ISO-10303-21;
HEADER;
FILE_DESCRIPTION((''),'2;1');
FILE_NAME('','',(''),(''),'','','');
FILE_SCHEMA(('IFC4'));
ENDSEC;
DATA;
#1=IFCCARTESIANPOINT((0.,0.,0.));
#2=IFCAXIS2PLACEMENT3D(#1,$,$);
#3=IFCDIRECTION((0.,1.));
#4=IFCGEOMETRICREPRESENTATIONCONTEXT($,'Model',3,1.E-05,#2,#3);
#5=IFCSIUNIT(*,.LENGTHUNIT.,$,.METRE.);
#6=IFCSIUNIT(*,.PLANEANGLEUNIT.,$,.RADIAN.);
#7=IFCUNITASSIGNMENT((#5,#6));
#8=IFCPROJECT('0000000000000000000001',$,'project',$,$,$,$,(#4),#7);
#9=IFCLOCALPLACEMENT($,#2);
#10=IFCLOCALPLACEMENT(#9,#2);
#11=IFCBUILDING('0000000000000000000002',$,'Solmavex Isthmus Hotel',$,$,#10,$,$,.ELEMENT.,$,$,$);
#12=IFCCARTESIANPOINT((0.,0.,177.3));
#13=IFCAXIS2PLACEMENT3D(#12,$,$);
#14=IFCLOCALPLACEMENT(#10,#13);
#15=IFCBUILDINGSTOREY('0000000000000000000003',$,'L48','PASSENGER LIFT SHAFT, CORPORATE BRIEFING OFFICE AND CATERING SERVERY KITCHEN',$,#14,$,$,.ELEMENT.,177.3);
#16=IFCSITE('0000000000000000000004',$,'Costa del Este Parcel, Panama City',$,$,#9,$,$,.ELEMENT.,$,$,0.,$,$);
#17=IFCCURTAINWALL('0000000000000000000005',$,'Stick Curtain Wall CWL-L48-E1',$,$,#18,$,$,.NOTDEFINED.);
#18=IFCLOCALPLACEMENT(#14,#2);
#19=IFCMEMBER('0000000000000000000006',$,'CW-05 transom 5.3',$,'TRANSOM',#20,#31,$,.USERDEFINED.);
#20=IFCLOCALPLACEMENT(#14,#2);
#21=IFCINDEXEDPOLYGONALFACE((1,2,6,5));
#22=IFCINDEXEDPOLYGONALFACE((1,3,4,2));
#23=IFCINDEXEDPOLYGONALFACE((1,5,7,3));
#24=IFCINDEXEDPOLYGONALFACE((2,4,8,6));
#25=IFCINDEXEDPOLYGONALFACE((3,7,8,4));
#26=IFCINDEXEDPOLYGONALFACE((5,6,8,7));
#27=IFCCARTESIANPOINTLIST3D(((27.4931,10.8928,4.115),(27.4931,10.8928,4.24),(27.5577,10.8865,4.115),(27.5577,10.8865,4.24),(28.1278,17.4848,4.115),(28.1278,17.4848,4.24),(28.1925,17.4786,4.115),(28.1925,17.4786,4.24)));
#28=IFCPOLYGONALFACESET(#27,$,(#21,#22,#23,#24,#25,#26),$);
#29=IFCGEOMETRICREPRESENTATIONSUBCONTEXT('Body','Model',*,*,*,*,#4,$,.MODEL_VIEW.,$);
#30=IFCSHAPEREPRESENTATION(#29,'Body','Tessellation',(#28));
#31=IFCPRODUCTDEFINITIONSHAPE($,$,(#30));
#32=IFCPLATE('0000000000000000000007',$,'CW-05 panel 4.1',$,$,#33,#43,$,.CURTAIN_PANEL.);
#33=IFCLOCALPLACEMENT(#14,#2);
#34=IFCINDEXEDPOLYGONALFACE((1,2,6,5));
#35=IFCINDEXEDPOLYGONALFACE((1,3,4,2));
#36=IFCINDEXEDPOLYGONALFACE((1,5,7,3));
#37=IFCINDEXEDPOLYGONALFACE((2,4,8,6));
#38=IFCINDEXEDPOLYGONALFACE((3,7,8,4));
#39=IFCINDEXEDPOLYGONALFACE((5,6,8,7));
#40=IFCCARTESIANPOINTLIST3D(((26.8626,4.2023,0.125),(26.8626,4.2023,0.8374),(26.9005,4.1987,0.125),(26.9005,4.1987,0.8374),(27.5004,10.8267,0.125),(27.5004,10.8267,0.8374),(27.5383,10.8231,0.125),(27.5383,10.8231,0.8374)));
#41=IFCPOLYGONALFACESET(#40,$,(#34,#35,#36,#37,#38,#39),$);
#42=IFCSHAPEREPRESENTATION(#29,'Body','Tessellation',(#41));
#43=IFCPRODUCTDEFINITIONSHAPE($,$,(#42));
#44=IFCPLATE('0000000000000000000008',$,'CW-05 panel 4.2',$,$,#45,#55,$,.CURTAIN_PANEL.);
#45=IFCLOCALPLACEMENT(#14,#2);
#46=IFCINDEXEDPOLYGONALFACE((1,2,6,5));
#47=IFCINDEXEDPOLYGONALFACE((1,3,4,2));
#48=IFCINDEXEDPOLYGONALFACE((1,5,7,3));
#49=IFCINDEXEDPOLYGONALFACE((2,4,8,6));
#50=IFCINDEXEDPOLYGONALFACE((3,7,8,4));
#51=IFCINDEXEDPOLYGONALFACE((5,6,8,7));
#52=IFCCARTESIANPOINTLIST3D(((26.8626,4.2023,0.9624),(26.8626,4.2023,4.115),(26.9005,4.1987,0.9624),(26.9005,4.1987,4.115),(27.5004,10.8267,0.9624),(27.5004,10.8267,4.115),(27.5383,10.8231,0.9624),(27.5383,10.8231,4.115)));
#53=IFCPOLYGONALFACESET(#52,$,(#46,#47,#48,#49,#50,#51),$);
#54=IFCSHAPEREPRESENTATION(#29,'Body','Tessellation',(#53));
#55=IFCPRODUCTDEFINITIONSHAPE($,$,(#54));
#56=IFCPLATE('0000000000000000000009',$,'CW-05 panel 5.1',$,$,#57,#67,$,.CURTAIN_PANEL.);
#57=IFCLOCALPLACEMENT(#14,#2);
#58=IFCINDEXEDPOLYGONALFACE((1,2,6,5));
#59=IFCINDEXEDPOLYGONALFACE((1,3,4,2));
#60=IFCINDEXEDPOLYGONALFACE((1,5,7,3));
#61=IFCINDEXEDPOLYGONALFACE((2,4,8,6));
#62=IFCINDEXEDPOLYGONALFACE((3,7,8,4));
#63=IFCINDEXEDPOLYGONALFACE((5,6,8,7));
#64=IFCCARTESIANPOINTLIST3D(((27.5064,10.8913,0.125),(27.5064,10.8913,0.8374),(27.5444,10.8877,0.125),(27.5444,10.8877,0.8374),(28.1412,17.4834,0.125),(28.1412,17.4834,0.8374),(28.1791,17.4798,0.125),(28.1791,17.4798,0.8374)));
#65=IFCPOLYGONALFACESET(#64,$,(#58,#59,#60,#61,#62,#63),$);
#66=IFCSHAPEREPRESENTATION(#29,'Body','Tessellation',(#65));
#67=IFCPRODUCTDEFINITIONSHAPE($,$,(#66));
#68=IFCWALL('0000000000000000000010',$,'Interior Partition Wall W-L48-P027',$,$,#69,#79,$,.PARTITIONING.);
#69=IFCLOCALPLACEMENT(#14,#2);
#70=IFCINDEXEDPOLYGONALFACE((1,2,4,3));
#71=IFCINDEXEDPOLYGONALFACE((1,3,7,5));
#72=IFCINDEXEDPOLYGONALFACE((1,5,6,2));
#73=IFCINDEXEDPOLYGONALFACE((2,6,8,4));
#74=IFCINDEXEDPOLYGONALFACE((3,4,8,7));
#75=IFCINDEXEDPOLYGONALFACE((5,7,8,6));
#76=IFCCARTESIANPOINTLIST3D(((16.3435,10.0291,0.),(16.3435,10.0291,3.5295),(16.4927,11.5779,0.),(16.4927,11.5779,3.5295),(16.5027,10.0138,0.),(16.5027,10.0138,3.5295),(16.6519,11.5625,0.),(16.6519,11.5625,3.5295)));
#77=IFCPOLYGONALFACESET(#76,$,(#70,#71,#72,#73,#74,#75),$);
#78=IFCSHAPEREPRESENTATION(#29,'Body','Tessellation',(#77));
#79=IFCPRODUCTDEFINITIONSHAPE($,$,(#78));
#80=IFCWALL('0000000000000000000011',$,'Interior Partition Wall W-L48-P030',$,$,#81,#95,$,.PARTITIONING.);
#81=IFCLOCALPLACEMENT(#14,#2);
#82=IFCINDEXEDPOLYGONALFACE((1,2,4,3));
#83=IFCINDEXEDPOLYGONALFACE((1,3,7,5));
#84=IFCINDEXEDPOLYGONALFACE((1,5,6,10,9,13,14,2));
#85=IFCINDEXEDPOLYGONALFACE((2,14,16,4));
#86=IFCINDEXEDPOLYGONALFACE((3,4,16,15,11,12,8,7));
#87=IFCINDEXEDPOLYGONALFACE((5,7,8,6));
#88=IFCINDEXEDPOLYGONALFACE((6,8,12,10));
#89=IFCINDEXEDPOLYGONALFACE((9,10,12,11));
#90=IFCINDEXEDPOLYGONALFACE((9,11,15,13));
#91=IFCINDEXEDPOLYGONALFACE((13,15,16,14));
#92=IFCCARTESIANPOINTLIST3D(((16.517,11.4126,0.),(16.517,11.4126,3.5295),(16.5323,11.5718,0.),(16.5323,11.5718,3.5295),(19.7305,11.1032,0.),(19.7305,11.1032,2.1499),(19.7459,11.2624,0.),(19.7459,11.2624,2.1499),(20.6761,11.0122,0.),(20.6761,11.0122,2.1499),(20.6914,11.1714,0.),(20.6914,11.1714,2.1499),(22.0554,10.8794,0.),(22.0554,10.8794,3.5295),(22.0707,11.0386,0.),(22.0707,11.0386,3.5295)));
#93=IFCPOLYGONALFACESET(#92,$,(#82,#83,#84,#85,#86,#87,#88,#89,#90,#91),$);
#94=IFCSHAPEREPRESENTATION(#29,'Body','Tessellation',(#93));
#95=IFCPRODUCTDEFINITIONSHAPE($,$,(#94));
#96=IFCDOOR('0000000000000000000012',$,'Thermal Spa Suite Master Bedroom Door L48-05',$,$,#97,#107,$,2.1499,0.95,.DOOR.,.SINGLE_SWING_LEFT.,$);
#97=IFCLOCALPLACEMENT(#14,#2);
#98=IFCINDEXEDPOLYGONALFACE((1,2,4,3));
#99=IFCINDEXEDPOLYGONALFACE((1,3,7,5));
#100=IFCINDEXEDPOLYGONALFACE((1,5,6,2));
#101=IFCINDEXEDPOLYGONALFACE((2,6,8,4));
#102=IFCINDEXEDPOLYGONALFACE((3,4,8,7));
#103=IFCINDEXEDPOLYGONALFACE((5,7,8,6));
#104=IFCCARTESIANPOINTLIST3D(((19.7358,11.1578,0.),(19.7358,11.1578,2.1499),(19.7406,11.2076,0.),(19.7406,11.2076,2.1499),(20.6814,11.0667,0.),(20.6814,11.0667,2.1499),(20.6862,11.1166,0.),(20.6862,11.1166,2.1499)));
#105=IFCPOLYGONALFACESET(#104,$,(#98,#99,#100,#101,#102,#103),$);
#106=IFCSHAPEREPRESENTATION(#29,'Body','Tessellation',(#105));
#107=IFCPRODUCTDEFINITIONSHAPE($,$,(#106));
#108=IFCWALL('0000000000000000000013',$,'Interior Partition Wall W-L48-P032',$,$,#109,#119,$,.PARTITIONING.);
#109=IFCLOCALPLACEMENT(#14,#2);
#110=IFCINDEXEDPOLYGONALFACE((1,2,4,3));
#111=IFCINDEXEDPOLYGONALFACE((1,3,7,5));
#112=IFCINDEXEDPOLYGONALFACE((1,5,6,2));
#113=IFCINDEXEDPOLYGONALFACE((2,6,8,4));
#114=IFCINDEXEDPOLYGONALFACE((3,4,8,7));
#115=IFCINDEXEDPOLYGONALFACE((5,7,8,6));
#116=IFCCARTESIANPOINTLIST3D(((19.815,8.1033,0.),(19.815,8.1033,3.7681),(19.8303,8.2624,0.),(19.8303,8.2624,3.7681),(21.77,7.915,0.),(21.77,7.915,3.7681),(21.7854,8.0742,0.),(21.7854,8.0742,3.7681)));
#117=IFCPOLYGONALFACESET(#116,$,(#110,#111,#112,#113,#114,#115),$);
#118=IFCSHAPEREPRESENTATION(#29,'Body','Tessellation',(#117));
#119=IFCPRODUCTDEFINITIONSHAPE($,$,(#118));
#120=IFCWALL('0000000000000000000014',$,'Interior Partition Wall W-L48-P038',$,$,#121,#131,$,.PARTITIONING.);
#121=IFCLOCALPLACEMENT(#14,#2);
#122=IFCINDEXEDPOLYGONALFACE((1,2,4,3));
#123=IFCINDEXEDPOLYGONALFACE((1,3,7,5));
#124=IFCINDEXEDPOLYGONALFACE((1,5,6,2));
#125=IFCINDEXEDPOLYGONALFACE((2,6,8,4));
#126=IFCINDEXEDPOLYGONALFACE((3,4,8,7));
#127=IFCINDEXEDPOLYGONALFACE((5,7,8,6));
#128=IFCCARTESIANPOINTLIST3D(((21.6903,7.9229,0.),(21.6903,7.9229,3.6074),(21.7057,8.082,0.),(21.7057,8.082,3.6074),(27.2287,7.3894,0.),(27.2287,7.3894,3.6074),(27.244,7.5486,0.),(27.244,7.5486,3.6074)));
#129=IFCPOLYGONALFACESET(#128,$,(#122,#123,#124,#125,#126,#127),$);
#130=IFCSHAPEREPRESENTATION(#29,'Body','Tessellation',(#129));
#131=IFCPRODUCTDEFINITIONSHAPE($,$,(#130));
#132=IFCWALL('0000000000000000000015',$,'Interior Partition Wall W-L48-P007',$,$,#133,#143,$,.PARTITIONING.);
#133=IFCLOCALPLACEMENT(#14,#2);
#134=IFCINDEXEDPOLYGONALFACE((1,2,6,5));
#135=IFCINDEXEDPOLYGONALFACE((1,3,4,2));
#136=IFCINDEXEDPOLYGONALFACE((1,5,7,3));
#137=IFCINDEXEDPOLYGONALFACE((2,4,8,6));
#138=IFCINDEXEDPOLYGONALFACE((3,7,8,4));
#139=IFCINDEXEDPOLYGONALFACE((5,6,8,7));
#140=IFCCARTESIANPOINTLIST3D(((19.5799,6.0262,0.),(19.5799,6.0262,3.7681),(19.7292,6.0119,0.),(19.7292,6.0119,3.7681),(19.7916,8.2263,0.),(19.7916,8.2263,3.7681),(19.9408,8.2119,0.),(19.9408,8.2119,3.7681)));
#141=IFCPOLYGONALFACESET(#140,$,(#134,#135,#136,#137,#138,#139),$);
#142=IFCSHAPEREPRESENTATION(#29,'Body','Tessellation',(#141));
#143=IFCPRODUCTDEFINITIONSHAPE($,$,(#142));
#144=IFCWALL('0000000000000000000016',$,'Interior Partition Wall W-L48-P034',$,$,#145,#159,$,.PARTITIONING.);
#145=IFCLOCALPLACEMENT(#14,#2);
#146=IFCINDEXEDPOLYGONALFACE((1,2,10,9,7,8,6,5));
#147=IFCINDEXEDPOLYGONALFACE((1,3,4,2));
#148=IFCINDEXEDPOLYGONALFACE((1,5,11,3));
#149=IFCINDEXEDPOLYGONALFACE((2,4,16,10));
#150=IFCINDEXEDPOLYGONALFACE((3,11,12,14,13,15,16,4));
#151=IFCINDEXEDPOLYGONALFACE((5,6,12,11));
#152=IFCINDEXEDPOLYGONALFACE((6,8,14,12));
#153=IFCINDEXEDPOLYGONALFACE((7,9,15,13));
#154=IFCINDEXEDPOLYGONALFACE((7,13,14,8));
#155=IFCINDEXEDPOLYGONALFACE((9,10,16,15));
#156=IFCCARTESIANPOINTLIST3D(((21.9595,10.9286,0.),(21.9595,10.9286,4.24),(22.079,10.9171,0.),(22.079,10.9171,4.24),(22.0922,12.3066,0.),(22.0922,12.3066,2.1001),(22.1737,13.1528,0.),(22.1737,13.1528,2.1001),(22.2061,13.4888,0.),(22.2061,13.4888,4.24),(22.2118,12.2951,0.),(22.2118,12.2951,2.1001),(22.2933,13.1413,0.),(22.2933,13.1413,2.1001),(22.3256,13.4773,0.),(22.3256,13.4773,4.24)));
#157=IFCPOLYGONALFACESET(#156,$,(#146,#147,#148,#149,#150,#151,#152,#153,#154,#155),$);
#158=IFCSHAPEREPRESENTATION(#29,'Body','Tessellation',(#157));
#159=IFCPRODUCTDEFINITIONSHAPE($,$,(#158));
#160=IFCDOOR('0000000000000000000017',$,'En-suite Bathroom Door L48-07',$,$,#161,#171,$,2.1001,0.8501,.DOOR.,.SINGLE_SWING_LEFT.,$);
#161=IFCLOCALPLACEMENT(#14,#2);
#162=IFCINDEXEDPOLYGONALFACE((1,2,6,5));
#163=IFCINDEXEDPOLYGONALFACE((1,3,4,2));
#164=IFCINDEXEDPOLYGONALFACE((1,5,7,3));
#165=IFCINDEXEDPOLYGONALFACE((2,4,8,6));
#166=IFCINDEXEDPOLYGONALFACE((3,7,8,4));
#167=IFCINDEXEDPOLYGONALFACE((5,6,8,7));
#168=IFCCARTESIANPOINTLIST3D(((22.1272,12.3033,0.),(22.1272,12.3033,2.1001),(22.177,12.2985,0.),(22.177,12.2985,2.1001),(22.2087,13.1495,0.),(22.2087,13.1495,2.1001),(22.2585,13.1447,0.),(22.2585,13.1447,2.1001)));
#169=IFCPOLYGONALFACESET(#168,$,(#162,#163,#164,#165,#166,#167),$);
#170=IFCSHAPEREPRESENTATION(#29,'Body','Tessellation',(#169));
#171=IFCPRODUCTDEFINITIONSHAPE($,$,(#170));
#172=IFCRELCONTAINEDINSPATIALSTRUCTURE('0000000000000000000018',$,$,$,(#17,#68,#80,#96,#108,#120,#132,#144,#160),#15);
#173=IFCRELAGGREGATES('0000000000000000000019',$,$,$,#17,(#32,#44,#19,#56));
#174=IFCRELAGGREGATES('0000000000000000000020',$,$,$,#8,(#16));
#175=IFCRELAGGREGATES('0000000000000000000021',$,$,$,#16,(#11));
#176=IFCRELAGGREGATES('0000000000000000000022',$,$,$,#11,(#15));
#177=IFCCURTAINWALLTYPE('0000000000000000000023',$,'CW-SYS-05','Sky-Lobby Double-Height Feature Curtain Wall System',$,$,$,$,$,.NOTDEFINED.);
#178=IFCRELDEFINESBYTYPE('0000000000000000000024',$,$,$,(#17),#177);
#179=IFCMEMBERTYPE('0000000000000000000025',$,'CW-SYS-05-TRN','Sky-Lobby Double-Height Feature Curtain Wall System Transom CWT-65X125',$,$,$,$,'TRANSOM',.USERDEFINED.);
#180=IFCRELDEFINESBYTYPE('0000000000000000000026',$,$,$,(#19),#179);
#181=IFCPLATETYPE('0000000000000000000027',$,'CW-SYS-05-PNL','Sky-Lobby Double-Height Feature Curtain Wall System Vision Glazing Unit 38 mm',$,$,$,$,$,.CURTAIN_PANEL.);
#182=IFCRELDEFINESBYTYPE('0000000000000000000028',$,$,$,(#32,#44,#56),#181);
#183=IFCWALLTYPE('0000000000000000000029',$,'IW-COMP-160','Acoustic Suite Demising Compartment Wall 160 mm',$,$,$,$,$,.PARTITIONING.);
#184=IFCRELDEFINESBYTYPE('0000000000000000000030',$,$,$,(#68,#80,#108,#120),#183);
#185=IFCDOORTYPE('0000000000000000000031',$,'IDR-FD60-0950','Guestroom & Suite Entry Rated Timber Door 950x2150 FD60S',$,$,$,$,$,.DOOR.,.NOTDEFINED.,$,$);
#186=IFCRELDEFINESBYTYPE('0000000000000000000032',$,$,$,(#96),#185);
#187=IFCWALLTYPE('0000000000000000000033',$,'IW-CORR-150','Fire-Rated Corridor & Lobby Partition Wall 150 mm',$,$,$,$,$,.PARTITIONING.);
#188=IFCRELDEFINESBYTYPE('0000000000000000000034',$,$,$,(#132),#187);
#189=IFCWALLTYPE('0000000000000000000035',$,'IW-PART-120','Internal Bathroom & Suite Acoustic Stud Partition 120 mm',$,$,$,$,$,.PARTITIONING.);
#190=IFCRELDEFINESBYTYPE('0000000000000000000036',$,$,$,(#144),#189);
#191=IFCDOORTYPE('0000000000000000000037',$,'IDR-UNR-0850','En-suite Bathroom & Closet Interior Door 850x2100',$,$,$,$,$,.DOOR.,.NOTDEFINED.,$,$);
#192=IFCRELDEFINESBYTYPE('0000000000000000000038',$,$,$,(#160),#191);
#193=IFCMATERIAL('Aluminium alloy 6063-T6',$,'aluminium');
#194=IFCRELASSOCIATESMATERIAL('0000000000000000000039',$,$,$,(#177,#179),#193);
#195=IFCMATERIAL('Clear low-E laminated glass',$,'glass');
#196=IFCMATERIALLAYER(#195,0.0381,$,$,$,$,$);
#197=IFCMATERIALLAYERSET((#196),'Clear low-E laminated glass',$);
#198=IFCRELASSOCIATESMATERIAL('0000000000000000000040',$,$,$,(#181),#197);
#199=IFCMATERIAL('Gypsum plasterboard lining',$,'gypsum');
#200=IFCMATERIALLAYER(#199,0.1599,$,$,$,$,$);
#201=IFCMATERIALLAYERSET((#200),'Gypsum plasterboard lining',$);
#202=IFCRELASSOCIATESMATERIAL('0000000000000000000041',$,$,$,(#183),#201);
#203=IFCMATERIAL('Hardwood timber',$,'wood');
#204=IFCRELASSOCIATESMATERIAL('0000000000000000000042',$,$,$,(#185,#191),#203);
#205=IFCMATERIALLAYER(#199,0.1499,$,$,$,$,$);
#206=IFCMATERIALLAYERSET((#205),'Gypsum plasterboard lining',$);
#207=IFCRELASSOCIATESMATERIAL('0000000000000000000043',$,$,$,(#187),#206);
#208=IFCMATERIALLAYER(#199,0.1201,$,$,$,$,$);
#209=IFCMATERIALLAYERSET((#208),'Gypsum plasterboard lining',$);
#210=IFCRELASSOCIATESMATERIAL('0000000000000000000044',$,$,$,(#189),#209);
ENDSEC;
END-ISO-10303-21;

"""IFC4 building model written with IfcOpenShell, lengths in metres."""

from ifc_helpers import new_model, si_unit, direction, frame, frame_2d, origin, origin_2d, place, context, subcontext, project, spatial, rectangle, extrude, material, layer, layer_set, material_profile, profile_set, type_object, element, fill, aggregate, save


model = new_model("IFC4")

# Units and contexts
model_context = context("Model", 3, precision=1e-05, world=origin(), true_north=direction((0.0, 1.0)))
body_context = subcontext(model_context, "Body", "Model", "MODEL_VIEW")
ifc_project = project(units=[si_unit("LENGTHUNIT", "METRE"), si_unit("PLANEANGLEUNIT", "RADIAN")], contexts=[model_context])

# Site, building, storey
site_placement = place(None, origin())
site = spatial("IfcSite", under=ifc_project, at=site_placement, Name="Costa del Este Parcel, Panama City", CompositionType="ELEMENT", RefElevation=0.0)
building_placement = place(site_placement, origin())
building = spatial("IfcBuilding", under=site, at=building_placement, Name="Solmavex Isthmus Hotel", CompositionType="ELEMENT")
storey_placement = place(building_placement, frame((0.0, 0.0, 177.3)))
storey = spatial("IfcBuildingStorey", under=building, at=storey_placement, Name="L48", Description="PASSENGER LIFT SHAFT, CORPORATE BRIEFING OFFICE AND CATERING SERVERY KITCHEN", CompositionType="ELEMENT", Elevation=177.3)

# Curtain wall, member, plates
ifc_material_1 = material(Name="Aluminium alloy 6063-T6", Category="aluminium")
curtain_wall_type = type_object("IfcCurtainWallType", Name="CW-SYS-05", Description="Sky-Lobby Double-Height Feature Curtain Wall System", PredefinedType="NOTDEFINED", material=ifc_material_1)
curtain_wall_placement = place(storey_placement, origin())
curtain_wall = element("IfcCurtainWall", 1, at=curtain_wall_placement, inside=storey, type_object=curtain_wall_type, Name="Stick Curtain Wall CWL-L48-E1", PredefinedType="NOTDEFINED")
ifc_material_profile_1 = material_profile(ifc_material_1, rectangle(XDim=0.0649, YDim=0.125, at=origin_2d()), Name="CWT-65X125")
ifc_profile_set_1 = profile_set([ifc_material_profile_1], Name="Aluminium alloy 6063-T6")
member_type_1 = type_object("IfcMemberType", Name="CW-SYS-05-TRN", Description="Sky-Lobby Double-Height Feature Curtain Wall System Transom CWT-65X125", ElementType="TRANSOM", PredefinedType="USERDEFINED", material=ifc_profile_set_1)
member_1_placement = place(storey_placement, frame((27.5254, 10.8896, 4.1775), z_axis=(0.095849, 0.995396, 0.0), x_axis=(-0.995396, 0.095849, 0.0)))
member_1 = element("IfcMember", 2, at=member_1_placement, type_object=member_type_1, Name="CW-05 transom 5.3", ObjectType="TRANSOM", PredefinedType="USERDEFINED", context=body_context, shape_type="SweptSolid", body=[
    extrude(rectangle(XDim=0.0649, YDim=0.125, at=origin_2d()), origin(), (0.0, 0.0, 1.0), 6.6226),
])
ifc_material_2 = material(Name="Clear low-E laminated glass", Category="glass")
ifc_layer_1 = layer(ifc_material_2, 0.0381)
ifc_layer_set_1 = layer_set([ifc_layer_1], Name="Clear low-E laminated glass")
plate_type = type_object("IfcPlateType", Name="CW-SYS-05-PNL", Description="Sky-Lobby Double-Height Feature Curtain Wall System Vision Glazing Unit 38 mm", PredefinedType="CURTAIN_PANEL", material=ifc_layer_set_1)
plate_1_placement = place(storey_placement, frame((27.2004, 7.5127, 0.125), z_axis=(0.0, 0.0, 1.0), x_axis=(0.095846, 0.995396, 0.0)))
plate_1 = element("IfcPlate", 3, at=plate_1_placement, type_object=plate_type, Name="CW-05 panel 4.1", PredefinedType="CURTAIN_PANEL", context=body_context, shape_type="SweptSolid", body=[
    extrude(rectangle(XDim=6.655, YDim=0.0381, at=origin_2d()), origin(), (0.0, 0.0, 1.0), 0.7124),
])
plate_2_placement = place(storey_placement, frame((27.2004, 7.5127, 0.9624), z_axis=(0.0, 0.0, 1.0), x_axis=(0.095846, 0.995396, 0.0)))
plate_2 = element("IfcPlate", 4, at=plate_2_placement, type_object=plate_type, Name="CW-05 panel 4.2", PredefinedType="CURTAIN_PANEL", context=body_context, shape_type="SweptSolid", body=[
    extrude(rectangle(XDim=6.655, YDim=0.0381, at=origin_2d()), origin(), (0.0, 0.0, 1.0), 3.1526),
])
plate_3_placement = place(storey_placement, frame((27.8428, 14.1855, 0.125), z_axis=(0.0, 0.0, 1.0), x_axis=(0.095846, 0.995396, 0.0)))
plate_3 = element("IfcPlate", 5, at=plate_3_placement, type_object=plate_type, Name="CW-05 panel 5.1", PredefinedType="CURTAIN_PANEL", context=body_context, shape_type="SweptSolid", body=[
    extrude(rectangle(XDim=6.6226, YDim=0.0381, at=origin_2d()), origin(), (0.0, 0.0, 1.0), 0.7124),
])
aggregate(curtain_wall, [plate_1, plate_2, member_1, plate_3])

# Wall
ifc_material_3 = material(Name="Gypsum plasterboard lining", Category="gypsum")
ifc_layer_2 = layer(ifc_material_3, 0.1599)
ifc_layer_set_2 = layer_set([ifc_layer_2], Name="Gypsum plasterboard lining")
wall_type_1 = type_object("IfcWallType", Name="IW-COMP-160", Description="Acoustic Suite Demising Compartment Wall 160 mm", PredefinedType="PARTITIONING", material=ifc_layer_set_2)
wall_1_placement = place(storey_placement, frame((16.5723, 11.5701, 0.0), z_axis=(0.0, 0.0, 1.0), x_axis=(-0.095868, -0.995394, 0.0)))
element("IfcWall", 6, at=wall_1_placement, inside=storey, type_object=wall_type_1, Name="Interior Partition Wall W-L48-P027", PredefinedType="PARTITIONING", context=body_context, shape_type="SweptSolid", body=[
    extrude(rectangle(XDim=1.5559, YDim=0.1599, at=frame_2d((0.7778, 0.0))), origin(), (0.0, 0.0, 1.0), 3.5295),
])

# Wall, opening, door
wall_2_placement = place(storey_placement, frame((16.5247, 11.4922, 0.0), z_axis=(0.0, 0.0, 1.0), x_axis=(0.995398, -0.095832, 0.0)))
wall_2 = element("IfcWall", 7, at=wall_2_placement, inside=storey, type_object=wall_type_1, Name="Interior Partition Wall W-L48-P030", PredefinedType="PARTITIONING", context=body_context, shape_type="SweptSolid", body=[
    extrude(rectangle(XDim=5.564, YDim=0.1599, at=frame_2d((2.782, 0.0))), origin(), (0.0, 0.0, 1.0), 3.5295),
])
opening_1_placement = place(wall_2_placement, frame((3.2283, 0.0, 0.0)))
opening_1 = element("IfcOpeningElement", 8, at=opening_1_placement, cuts=wall_2, PredefinedType="OPENING", context=body_context, shape_type="SweptSolid", body=[
    extrude(rectangle(XDim=0.95, YDim=2.1499, at=frame_2d((0.4751, 1.075))), frame((0.0, 0.0898, 0.0), z_axis=(0.0, -1.0, 0.0), x_axis=(1.0, 0.0, 0.0)), (0.0, 0.0, 1.0), 0.1799),
])
ifc_material_4 = material(Name="Hardwood timber", Category="wood")
door_type_1 = type_object("IfcDoorType", Name="IDR-FD60-0950", Description="Guestroom & Suite Entry Rated Timber Door 950x2150 FD60S", OperationType="NOTDEFINED", PredefinedType="DOOR", material=ifc_material_4)
door_1_placement = place(opening_1_placement, origin())
door_1 = element("IfcDoor", 9, at=door_1_placement, inside=storey, type_object=door_type_1, Name="Thermal Spa Suite Master Bedroom Door L48-05", OperationType="SINGLE_SWING_LEFT", OverallHeight=2.1499, OverallWidth=0.95, PredefinedType="DOOR", context=body_context, shape_type="SweptSolid", body=[
    extrude(rectangle(XDim=0.95, YDim=2.1499, at=frame_2d((0.4751, 1.075))), frame((0.0, 0.0249, 0.0), z_axis=(0.0, -1.0, 0.0), x_axis=(1.0, 0.0, 0.0)), (0.0, 0.0, 1.0), 0.05),
])
fill(opening_1, door_1)

# Walls
wall_3_placement = place(storey_placement, frame((21.7776, 7.9946, 0.0), z_axis=(0.0, 0.0, 1.0), x_axis=(-0.995397, 0.095836, 0.0)))
element("IfcWall", 10, at=wall_3_placement, inside=storey, type_object=wall_type_1, Name="Interior Partition Wall W-L48-P032", PredefinedType="PARTITIONING", context=body_context, shape_type="SweptSolid", body=[
    extrude(rectangle(XDim=1.9641, YDim=0.1599, at=frame_2d((0.9819, 0.0))), origin(), (0.0, 0.0, 1.0), 3.7681),
])
wall_4_placement = place(storey_placement, frame((27.2363, 7.469, 0.0), z_axis=(0.0, 0.0, 1.0), x_axis=(-0.995393, 0.095875, 0.0)))
element("IfcWall", 11, at=wall_4_placement, inside=storey, type_object=wall_type_1, Name="Interior Partition Wall W-L48-P038", PredefinedType="PARTITIONING", context=body_context, shape_type="SweptSolid", body=[
    extrude(rectangle(XDim=5.564, YDim=0.1599, at=frame_2d((2.782, 0.0))), origin(), (0.0, 0.0, 1.0), 3.6074),
])
ifc_layer_3 = layer(ifc_material_3, 0.1499)
ifc_layer_set_3 = layer_set([ifc_layer_3], Name="Gypsum plasterboard lining")
wall_type_2 = type_object("IfcWallType", Name="IW-CORR-150", Description="Fire-Rated Corridor & Lobby Partition Wall 150 mm", PredefinedType="PARTITIONING", material=ifc_layer_set_3)
wall_5_placement = place(storey_placement, frame((19.8662, 8.219, 0.0), z_axis=(0.0, 0.0, 1.0), x_axis=(-0.095773, -0.995403, 0.0)))
element("IfcWall", 12, at=wall_5_placement, inside=storey, type_object=wall_type_2, Name="Interior Partition Wall W-L48-P007", PredefinedType="PARTITIONING", context=body_context, shape_type="SweptSolid", body=[
    extrude(rectangle(XDim=2.2102, YDim=0.1499, at=frame_2d((1.105, 0.0))), origin(), (0.0, 0.0, 1.0), 3.7681),
])

# Wall, opening, door
ifc_layer_4 = layer(ifc_material_3, 0.1201)
ifc_layer_set_4 = layer_set([ifc_layer_4], Name="Gypsum plasterboard lining")
wall_type_3 = type_object("IfcWallType", Name="IW-PART-120", Description="Internal Bathroom & Suite Acoustic Stud Partition 120 mm", PredefinedType="PARTITIONING", material=ifc_layer_set_4)
wall_6_placement = place(storey_placement, frame((22.2659, 13.4832, 0.0), z_axis=(0.0, 0.0, 1.0), x_axis=(-0.095875, -0.995393, 0.0)))
wall_6 = element("IfcWall", 13, at=wall_6_placement, inside=storey, type_object=wall_type_3, Name="Interior Partition Wall W-L48-P034", PredefinedType="PARTITIONING", context=body_context, shape_type="SweptSolid", body=[
    extrude(rectangle(XDim=2.572, YDim=0.1201, at=frame_2d((1.2861, 0.0))), origin(), (0.0, 0.0, 1.0), 4.24),
])
opening_2_placement = place(wall_6_placement, frame((0.3376, 0.0, 0.0)))
opening_2 = element("IfcOpeningElement", 14, at=opening_2_placement, cuts=wall_6, PredefinedType="OPENING", context=body_context, shape_type="SweptSolid", body=[
    extrude(rectangle(XDim=0.8501, YDim=2.1001, at=frame_2d((0.425, 1.05))), frame((0.0, 0.0701, 0.0), z_axis=(0.0, -1.0, 0.0), x_axis=(1.0, 0.0, 0.0)), (0.0, 0.0, 1.0), 0.1401),
])
door_type_2 = type_object("IfcDoorType", Name="IDR-UNR-0850", Description="En-suite Bathroom & Closet Interior Door 850x2100", OperationType="NOTDEFINED", PredefinedType="DOOR", material=ifc_material_4)
door_2_placement = place(opening_2_placement, frame((0.8501, 0.0, 0.0), z_axis=(0.0, 0.0, 1.0), x_axis=(-1.0, 0.0, 0.0)))
door_2 = element("IfcDoor", 15, at=door_2_placement, inside=storey, type_object=door_type_2, Name="En-suite Bathroom Door L48-07", OperationType="SINGLE_SWING_LEFT", OverallHeight=2.1001, OverallWidth=0.8501, PredefinedType="DOOR", context=body_context, shape_type="SweptSolid", body=[
    extrude(rectangle(XDim=0.8501, YDim=2.1001, at=frame_2d((0.425, 1.05))), frame((0.0, 0.0249, 0.0), z_axis=(0.0, -1.0, 0.0), x_axis=(1.0, 0.0, 0.0)), (0.0, 0.0, 1.0), 0.05),
])
fill(opening_2, door_2)

save(model, "model.ifc")
